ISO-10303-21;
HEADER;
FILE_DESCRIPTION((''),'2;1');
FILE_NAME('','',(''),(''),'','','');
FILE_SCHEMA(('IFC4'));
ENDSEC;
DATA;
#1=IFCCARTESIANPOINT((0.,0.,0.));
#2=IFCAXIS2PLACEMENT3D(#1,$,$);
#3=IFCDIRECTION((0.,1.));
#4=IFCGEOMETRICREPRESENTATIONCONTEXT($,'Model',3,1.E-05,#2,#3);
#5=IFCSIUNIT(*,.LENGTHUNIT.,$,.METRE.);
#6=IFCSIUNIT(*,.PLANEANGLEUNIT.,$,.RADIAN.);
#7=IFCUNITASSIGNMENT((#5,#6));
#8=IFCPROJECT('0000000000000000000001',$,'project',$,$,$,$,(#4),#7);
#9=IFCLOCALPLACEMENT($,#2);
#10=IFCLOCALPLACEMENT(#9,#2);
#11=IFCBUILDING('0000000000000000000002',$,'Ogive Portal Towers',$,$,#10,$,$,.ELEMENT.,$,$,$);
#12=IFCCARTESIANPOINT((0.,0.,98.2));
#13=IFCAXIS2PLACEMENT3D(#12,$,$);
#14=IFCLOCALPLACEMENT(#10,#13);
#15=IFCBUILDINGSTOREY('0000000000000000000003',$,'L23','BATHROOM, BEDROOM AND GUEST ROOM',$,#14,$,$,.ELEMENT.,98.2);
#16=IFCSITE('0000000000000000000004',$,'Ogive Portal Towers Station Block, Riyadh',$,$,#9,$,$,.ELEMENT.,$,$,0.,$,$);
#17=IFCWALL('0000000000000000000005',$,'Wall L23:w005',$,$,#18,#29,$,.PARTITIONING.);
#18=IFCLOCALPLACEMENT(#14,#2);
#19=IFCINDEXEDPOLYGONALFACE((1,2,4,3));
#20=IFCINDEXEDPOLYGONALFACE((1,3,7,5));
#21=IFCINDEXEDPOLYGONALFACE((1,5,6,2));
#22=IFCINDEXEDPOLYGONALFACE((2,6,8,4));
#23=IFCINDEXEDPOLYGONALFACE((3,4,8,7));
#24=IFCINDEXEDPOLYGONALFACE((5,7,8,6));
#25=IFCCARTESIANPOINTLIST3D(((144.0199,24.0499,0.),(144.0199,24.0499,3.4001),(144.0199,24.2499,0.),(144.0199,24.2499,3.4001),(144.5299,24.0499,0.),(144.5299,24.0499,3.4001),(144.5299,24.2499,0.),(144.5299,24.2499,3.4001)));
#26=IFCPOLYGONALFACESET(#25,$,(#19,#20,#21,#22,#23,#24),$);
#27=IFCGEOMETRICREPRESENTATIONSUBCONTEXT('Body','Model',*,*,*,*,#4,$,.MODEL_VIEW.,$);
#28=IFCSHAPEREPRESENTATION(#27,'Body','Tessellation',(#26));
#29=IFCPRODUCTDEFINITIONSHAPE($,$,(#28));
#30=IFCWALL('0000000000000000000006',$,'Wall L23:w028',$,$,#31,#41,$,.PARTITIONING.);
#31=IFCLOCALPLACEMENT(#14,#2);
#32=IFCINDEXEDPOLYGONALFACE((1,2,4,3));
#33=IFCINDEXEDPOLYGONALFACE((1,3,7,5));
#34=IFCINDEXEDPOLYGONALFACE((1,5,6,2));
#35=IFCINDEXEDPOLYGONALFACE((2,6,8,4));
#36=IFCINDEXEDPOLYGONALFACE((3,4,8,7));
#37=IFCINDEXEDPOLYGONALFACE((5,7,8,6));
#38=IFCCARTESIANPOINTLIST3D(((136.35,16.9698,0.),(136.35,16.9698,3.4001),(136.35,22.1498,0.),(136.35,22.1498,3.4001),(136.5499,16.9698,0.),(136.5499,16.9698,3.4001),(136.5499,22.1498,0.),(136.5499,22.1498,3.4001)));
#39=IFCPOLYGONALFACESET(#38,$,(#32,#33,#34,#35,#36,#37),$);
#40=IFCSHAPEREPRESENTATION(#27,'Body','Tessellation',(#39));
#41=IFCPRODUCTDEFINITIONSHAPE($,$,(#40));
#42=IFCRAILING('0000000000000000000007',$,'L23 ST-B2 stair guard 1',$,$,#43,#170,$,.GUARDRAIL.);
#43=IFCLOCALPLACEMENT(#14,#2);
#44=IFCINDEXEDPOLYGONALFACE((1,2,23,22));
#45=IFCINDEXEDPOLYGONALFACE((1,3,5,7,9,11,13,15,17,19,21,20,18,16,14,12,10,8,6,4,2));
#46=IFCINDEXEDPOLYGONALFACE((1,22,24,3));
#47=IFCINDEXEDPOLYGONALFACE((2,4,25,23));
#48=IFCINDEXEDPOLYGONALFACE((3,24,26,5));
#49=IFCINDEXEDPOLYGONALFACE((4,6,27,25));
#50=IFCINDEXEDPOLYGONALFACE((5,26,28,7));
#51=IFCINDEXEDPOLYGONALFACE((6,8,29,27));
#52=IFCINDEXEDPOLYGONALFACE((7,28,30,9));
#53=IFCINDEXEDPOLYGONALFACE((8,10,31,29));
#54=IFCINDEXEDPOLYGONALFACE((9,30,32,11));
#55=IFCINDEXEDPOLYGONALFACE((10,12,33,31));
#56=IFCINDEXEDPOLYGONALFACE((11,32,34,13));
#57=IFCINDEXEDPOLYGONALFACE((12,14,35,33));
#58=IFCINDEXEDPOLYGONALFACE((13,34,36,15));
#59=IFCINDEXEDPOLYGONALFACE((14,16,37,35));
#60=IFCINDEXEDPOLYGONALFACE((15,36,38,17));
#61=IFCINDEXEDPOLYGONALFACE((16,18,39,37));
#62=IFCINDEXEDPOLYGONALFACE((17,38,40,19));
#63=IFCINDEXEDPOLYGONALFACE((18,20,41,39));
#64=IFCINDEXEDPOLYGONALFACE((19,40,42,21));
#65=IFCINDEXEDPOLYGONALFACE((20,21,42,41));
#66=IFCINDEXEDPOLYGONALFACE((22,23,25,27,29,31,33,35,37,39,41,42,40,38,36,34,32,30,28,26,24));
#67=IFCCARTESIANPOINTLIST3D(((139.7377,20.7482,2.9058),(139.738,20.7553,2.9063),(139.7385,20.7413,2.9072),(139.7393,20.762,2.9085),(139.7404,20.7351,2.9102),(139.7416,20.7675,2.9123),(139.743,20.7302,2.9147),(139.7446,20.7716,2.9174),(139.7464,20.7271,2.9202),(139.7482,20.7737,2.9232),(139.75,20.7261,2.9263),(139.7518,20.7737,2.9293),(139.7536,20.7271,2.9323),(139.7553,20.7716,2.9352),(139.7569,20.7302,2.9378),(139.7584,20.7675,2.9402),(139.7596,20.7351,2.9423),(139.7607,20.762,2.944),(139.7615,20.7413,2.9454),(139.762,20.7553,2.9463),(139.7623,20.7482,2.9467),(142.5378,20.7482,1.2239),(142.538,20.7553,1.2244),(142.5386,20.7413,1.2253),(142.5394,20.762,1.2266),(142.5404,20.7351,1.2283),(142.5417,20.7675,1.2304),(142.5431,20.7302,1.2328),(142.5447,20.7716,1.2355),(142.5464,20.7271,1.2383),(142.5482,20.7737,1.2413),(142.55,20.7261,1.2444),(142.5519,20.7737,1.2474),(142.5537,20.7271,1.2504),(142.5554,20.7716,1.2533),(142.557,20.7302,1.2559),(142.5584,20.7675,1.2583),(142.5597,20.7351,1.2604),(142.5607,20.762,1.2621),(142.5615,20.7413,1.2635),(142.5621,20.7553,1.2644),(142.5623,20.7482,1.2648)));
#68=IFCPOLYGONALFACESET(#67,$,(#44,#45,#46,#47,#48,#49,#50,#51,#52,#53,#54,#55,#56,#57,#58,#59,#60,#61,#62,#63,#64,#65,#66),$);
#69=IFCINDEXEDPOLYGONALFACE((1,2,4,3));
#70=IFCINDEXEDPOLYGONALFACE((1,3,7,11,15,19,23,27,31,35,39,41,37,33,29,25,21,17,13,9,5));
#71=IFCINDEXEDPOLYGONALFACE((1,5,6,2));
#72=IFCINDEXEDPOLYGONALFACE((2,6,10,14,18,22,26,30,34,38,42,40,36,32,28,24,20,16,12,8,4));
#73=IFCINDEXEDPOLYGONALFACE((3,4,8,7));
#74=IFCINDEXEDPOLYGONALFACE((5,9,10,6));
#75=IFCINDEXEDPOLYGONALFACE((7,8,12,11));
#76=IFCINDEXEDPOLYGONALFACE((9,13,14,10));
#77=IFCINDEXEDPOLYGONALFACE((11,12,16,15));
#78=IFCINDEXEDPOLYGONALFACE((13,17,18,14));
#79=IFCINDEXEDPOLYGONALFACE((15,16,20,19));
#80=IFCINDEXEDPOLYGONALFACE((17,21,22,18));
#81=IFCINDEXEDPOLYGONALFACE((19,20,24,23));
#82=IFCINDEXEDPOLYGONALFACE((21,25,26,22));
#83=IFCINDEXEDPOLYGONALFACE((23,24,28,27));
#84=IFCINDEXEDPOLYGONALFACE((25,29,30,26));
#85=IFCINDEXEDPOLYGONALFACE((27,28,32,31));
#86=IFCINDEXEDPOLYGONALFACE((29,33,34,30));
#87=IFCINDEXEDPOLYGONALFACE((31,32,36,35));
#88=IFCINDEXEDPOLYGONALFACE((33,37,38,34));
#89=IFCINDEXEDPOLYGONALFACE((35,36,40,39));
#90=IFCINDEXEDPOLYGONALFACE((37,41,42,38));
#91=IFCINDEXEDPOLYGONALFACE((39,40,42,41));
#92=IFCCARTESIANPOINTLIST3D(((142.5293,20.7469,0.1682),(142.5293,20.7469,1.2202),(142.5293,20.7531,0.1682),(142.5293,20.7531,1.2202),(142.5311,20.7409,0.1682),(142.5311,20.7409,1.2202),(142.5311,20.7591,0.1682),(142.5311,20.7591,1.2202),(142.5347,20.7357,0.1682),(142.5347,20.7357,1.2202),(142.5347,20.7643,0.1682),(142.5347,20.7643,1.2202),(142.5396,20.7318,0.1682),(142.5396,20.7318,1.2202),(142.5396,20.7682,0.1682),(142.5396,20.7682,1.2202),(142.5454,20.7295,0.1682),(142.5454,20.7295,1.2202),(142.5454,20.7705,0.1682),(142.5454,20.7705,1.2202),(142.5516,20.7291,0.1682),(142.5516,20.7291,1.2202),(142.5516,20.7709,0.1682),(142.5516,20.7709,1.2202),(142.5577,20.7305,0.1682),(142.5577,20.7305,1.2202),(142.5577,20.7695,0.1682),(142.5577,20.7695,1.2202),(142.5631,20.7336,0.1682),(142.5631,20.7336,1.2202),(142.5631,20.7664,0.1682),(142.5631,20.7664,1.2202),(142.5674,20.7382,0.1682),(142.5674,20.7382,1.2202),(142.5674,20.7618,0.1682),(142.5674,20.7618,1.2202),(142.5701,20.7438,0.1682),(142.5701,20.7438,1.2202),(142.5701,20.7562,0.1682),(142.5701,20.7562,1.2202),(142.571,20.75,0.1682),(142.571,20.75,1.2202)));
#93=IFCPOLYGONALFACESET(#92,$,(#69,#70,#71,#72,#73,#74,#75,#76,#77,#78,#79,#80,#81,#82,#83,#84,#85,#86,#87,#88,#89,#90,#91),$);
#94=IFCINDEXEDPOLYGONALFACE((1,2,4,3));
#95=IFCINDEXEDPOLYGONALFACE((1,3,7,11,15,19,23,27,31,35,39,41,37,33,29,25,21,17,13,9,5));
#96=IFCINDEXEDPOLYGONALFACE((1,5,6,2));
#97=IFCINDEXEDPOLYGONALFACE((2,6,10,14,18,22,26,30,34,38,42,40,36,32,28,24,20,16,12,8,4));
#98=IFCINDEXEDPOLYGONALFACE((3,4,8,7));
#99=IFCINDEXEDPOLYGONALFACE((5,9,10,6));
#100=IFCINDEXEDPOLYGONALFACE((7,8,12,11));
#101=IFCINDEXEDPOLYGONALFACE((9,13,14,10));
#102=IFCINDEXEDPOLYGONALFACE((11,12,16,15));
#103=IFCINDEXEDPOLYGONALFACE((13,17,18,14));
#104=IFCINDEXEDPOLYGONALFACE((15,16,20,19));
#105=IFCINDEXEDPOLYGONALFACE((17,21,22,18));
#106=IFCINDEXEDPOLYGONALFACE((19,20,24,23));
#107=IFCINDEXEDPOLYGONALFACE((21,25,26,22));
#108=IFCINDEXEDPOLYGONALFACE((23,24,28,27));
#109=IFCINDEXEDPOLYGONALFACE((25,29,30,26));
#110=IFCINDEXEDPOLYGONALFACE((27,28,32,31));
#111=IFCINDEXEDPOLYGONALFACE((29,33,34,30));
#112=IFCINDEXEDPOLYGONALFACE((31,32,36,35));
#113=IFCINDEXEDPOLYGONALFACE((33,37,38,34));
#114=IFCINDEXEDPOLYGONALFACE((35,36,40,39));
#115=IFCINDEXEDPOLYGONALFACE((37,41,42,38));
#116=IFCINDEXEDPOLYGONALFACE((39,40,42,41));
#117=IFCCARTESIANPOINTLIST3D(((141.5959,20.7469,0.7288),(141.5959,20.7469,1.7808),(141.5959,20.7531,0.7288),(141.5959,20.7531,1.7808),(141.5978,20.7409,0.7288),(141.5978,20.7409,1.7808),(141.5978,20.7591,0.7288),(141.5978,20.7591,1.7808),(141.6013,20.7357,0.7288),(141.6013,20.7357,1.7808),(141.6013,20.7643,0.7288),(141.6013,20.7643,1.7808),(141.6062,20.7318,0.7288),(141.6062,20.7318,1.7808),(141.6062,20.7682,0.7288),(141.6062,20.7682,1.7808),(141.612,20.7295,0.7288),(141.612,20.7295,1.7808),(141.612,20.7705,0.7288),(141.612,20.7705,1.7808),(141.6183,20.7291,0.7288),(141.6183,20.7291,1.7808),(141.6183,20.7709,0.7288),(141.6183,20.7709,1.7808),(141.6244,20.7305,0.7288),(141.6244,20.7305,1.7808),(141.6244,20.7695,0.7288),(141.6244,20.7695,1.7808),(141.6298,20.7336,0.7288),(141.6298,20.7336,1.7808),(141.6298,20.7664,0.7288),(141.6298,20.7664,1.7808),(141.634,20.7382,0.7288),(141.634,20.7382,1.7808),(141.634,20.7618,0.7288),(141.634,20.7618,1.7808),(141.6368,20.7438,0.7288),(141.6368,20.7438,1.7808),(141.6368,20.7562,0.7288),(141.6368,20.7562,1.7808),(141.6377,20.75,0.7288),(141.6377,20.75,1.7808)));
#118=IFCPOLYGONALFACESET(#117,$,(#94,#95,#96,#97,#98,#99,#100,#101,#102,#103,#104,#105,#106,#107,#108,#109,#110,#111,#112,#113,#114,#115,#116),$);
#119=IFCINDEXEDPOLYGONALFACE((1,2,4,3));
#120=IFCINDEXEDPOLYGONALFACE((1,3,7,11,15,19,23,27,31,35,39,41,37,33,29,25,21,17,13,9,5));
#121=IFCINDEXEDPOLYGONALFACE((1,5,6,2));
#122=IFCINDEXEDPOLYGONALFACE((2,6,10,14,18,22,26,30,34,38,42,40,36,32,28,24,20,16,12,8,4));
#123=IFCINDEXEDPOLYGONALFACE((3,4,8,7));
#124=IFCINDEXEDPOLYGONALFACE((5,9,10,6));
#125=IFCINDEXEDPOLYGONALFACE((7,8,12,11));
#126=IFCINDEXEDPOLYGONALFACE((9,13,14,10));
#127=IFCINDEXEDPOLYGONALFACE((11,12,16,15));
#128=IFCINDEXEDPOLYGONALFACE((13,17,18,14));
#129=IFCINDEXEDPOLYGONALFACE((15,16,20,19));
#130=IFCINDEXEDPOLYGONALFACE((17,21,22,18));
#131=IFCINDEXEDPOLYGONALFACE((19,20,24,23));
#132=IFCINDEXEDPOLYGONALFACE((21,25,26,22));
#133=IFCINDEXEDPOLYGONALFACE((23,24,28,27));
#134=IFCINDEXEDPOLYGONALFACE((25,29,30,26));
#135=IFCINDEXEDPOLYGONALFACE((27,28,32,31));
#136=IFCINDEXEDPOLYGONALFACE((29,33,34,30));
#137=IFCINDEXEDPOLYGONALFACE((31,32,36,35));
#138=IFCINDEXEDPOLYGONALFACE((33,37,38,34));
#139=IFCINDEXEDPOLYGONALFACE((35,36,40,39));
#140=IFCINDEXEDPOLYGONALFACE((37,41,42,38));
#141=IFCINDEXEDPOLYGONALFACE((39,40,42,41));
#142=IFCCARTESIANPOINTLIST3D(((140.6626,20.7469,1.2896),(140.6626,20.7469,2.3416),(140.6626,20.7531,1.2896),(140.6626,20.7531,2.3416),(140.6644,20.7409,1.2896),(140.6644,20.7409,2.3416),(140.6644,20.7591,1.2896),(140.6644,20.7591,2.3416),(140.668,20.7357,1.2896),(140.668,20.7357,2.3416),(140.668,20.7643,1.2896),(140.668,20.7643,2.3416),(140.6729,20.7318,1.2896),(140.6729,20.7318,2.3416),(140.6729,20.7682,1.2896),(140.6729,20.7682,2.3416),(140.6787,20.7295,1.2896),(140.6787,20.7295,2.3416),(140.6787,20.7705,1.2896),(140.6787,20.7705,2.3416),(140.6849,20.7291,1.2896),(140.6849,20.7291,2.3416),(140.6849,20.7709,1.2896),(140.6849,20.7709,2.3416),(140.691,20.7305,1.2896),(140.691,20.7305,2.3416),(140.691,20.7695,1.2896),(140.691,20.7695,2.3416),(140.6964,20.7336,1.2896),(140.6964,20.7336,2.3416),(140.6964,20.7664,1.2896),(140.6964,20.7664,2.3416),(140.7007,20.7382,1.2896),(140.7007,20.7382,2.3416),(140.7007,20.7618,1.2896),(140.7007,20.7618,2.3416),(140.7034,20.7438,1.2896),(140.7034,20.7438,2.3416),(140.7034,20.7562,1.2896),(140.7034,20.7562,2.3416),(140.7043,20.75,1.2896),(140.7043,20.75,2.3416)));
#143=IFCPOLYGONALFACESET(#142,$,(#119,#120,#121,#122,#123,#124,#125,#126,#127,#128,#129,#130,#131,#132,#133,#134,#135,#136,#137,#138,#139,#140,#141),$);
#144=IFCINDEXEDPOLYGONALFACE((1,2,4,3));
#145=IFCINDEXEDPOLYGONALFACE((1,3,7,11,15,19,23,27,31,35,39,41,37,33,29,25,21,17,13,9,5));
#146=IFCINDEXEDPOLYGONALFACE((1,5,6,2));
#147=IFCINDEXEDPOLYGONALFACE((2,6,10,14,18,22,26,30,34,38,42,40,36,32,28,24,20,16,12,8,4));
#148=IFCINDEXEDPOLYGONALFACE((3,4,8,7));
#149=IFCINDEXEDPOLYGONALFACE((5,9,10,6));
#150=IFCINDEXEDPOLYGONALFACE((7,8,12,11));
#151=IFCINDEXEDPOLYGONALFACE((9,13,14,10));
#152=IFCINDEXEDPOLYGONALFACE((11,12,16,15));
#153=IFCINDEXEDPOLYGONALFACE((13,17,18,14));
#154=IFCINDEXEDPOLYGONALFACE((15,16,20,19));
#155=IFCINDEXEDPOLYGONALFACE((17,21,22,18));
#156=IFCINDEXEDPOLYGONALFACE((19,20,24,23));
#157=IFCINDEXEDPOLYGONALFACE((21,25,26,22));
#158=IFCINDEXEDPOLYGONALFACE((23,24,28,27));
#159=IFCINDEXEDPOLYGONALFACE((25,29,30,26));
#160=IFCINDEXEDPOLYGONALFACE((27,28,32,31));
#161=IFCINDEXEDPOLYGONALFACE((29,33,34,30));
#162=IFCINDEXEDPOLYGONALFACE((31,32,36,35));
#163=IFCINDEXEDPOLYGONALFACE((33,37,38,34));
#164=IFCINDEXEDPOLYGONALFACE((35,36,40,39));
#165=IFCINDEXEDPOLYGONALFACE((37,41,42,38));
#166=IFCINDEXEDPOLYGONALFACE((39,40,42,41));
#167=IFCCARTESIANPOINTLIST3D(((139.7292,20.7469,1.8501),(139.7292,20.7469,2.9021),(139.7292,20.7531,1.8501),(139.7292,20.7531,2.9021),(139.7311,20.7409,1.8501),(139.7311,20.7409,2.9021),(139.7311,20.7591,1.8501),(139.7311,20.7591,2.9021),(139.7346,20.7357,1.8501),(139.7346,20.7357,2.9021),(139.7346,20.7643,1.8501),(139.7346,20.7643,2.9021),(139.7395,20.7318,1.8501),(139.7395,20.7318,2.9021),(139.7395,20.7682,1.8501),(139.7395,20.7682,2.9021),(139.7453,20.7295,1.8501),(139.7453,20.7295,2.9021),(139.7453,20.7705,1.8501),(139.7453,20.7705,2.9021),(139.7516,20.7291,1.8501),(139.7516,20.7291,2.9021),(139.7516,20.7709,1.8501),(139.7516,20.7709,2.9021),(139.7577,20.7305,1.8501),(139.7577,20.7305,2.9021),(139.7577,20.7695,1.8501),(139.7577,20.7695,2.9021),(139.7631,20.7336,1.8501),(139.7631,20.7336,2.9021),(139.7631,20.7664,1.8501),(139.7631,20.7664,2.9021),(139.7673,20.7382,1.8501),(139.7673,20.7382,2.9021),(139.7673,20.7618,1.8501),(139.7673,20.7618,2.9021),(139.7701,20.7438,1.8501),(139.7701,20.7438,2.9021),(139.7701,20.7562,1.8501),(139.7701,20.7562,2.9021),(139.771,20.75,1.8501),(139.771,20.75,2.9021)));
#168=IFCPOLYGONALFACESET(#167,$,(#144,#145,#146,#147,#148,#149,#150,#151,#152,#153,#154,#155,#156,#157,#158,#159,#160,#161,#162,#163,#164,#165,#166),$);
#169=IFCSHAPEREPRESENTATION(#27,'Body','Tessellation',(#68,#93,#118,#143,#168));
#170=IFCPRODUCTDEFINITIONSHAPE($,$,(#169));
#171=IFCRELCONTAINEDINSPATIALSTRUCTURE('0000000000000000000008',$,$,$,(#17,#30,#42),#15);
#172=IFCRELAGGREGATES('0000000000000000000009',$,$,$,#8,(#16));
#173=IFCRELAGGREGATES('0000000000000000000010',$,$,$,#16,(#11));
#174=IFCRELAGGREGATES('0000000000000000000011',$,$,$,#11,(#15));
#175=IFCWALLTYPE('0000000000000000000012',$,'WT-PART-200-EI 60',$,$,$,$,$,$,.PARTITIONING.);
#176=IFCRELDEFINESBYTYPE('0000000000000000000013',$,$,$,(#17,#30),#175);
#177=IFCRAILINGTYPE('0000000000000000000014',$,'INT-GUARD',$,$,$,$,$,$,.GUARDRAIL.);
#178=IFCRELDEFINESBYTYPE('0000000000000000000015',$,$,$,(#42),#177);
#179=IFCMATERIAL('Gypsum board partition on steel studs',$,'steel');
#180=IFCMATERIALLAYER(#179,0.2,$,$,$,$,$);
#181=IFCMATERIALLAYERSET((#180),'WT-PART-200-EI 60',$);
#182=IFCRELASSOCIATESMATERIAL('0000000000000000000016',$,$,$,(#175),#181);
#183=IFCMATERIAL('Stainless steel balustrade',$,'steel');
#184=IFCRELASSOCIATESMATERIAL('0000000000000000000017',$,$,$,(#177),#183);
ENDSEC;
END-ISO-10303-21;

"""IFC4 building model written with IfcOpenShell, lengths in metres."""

from ifc_helpers import new_model, si_unit, direction, frame, frame_2d, origin, origin_2d, place, context, subcontext, project, spatial, rectangle, circle, extrude, material, layer, layer_set, type_object, element, save


model = new_model("IFC4")

# Units and contexts
model_context = context("Model", 3, precision=1e-05, world=origin(), true_north=direction((0.0, 1.0)))
body_context = subcontext(model_context, "Body", "Model", "MODEL_VIEW")
ifc_project = project(units=[si_unit("LENGTHUNIT", "METRE"), si_unit("PLANEANGLEUNIT", "RADIAN")], contexts=[model_context])

# Site, building, storey
site_placement = place(None, origin())
site = spatial("IfcSite", under=ifc_project, at=site_placement, Name="Ogive Portal Towers Station Block, Riyadh", CompositionType="ELEMENT", RefElevation=0.0)
building_placement = place(site_placement, origin())
building = spatial("IfcBuilding", under=site, at=building_placement, Name="Ogive Portal Towers", CompositionType="ELEMENT")
storey_placement = place(building_placement, frame((0.0, 0.0, 98.2)))
storey = spatial("IfcBuildingStorey", under=building, at=storey_placement, Name="L23", Description="BATHROOM, BEDROOM AND GUEST ROOM", CompositionType="ELEMENT", Elevation=98.2)

# Walls
ifc_material_1 = material(Name="Gypsum board partition on steel studs", Category="steel")
ifc_layer_1 = layer(ifc_material_1, 0.2)
ifc_layer_set_1 = layer_set([ifc_layer_1], Name="WT-PART-200-EI 60")
wall_type_1 = type_object("IfcWallType", Name="WT-PART-200-EI 60", PredefinedType="PARTITIONING", material=ifc_layer_set_1)
wall_1_placement = place(storey_placement, frame((144.02, 24.1499, 0.0), z_axis=(0.0, 0.0, 1.0), x_axis=(1.0, 0.0, 0.0)))
element("IfcWall", 1, at=wall_1_placement, inside=storey, type_object=wall_type_1, Name="Wall L23:w005", PredefinedType="PARTITIONING", context=body_context, shape_type="SweptSolid", body=[
    extrude(rectangle(XDim=0.51, YDim=0.2, at=frame_2d((0.2549, 0.0))), origin(), (0.0, 0.0, 1.0), 3.4001),
])
wall_2_placement = place(storey_placement, frame((136.45, 16.97, 0.0), z_axis=(0.0, 0.0, 1.0), x_axis=(0.0, 1.0, 0.0)))
element("IfcWall", 2, at=wall_2_placement, inside=storey, type_object=wall_type_1, Name="Wall L23:w028", PredefinedType="PARTITIONING", context=body_context, shape_type="SweptSolid", body=[
    extrude(rectangle(XDim=5.1799, YDim=0.2, at=frame_2d((2.5898, 0.0))), origin(), (0.0, 0.0, 1.0), 3.4001),
])

# Railing
ifc_material_2 = material(Name="Stainless steel balustrade", Category="steel")
railing_type_1 = type_object("IfcRailingType", Name="INT-GUARD", PredefinedType="GUARDRAIL", material=ifc_material_2)
railing_1_placement = place(storey_placement, frame((142.55, 20.75, 0.1682)))
element("IfcRailing", 3, at=railing_1_placement, inside=storey, type_object=railing_type_1, Name="L23 ST-B2 stair guard 1", PredefinedType="GUARDRAIL", context=body_context, shape_type="SweptSolid", body=[
    extrude(circle(Radius=0.0239, at=origin_2d()), frame((0.0, 0.0, 1.0762), z_axis=(-0.857242, 0.0, 0.514913), x_axis=(0.0, -1.0, 0.0)), (0.0, 0.0, 1.0), 3.2664),
    extrude(circle(Radius=0.021, at=origin_2d()), origin(), (0.0, 0.0, 1.0), 1.052),
    extrude(circle(Radius=0.021, at=origin_2d()), frame((-0.9333, 0.0, 0.5605)), (0.0, 0.0, 1.0), 1.052),
    extrude(circle(Radius=0.021, at=origin_2d()), frame((-1.8667, 0.0, 1.1213)), (0.0, 0.0, 1.0), 1.052),
    extrude(circle(Radius=0.021, at=origin_2d()), frame((-2.8, 0.0, 1.6819)), (0.0, 0.0, 1.0), 1.052),
])

save(model, "model.ifc")
